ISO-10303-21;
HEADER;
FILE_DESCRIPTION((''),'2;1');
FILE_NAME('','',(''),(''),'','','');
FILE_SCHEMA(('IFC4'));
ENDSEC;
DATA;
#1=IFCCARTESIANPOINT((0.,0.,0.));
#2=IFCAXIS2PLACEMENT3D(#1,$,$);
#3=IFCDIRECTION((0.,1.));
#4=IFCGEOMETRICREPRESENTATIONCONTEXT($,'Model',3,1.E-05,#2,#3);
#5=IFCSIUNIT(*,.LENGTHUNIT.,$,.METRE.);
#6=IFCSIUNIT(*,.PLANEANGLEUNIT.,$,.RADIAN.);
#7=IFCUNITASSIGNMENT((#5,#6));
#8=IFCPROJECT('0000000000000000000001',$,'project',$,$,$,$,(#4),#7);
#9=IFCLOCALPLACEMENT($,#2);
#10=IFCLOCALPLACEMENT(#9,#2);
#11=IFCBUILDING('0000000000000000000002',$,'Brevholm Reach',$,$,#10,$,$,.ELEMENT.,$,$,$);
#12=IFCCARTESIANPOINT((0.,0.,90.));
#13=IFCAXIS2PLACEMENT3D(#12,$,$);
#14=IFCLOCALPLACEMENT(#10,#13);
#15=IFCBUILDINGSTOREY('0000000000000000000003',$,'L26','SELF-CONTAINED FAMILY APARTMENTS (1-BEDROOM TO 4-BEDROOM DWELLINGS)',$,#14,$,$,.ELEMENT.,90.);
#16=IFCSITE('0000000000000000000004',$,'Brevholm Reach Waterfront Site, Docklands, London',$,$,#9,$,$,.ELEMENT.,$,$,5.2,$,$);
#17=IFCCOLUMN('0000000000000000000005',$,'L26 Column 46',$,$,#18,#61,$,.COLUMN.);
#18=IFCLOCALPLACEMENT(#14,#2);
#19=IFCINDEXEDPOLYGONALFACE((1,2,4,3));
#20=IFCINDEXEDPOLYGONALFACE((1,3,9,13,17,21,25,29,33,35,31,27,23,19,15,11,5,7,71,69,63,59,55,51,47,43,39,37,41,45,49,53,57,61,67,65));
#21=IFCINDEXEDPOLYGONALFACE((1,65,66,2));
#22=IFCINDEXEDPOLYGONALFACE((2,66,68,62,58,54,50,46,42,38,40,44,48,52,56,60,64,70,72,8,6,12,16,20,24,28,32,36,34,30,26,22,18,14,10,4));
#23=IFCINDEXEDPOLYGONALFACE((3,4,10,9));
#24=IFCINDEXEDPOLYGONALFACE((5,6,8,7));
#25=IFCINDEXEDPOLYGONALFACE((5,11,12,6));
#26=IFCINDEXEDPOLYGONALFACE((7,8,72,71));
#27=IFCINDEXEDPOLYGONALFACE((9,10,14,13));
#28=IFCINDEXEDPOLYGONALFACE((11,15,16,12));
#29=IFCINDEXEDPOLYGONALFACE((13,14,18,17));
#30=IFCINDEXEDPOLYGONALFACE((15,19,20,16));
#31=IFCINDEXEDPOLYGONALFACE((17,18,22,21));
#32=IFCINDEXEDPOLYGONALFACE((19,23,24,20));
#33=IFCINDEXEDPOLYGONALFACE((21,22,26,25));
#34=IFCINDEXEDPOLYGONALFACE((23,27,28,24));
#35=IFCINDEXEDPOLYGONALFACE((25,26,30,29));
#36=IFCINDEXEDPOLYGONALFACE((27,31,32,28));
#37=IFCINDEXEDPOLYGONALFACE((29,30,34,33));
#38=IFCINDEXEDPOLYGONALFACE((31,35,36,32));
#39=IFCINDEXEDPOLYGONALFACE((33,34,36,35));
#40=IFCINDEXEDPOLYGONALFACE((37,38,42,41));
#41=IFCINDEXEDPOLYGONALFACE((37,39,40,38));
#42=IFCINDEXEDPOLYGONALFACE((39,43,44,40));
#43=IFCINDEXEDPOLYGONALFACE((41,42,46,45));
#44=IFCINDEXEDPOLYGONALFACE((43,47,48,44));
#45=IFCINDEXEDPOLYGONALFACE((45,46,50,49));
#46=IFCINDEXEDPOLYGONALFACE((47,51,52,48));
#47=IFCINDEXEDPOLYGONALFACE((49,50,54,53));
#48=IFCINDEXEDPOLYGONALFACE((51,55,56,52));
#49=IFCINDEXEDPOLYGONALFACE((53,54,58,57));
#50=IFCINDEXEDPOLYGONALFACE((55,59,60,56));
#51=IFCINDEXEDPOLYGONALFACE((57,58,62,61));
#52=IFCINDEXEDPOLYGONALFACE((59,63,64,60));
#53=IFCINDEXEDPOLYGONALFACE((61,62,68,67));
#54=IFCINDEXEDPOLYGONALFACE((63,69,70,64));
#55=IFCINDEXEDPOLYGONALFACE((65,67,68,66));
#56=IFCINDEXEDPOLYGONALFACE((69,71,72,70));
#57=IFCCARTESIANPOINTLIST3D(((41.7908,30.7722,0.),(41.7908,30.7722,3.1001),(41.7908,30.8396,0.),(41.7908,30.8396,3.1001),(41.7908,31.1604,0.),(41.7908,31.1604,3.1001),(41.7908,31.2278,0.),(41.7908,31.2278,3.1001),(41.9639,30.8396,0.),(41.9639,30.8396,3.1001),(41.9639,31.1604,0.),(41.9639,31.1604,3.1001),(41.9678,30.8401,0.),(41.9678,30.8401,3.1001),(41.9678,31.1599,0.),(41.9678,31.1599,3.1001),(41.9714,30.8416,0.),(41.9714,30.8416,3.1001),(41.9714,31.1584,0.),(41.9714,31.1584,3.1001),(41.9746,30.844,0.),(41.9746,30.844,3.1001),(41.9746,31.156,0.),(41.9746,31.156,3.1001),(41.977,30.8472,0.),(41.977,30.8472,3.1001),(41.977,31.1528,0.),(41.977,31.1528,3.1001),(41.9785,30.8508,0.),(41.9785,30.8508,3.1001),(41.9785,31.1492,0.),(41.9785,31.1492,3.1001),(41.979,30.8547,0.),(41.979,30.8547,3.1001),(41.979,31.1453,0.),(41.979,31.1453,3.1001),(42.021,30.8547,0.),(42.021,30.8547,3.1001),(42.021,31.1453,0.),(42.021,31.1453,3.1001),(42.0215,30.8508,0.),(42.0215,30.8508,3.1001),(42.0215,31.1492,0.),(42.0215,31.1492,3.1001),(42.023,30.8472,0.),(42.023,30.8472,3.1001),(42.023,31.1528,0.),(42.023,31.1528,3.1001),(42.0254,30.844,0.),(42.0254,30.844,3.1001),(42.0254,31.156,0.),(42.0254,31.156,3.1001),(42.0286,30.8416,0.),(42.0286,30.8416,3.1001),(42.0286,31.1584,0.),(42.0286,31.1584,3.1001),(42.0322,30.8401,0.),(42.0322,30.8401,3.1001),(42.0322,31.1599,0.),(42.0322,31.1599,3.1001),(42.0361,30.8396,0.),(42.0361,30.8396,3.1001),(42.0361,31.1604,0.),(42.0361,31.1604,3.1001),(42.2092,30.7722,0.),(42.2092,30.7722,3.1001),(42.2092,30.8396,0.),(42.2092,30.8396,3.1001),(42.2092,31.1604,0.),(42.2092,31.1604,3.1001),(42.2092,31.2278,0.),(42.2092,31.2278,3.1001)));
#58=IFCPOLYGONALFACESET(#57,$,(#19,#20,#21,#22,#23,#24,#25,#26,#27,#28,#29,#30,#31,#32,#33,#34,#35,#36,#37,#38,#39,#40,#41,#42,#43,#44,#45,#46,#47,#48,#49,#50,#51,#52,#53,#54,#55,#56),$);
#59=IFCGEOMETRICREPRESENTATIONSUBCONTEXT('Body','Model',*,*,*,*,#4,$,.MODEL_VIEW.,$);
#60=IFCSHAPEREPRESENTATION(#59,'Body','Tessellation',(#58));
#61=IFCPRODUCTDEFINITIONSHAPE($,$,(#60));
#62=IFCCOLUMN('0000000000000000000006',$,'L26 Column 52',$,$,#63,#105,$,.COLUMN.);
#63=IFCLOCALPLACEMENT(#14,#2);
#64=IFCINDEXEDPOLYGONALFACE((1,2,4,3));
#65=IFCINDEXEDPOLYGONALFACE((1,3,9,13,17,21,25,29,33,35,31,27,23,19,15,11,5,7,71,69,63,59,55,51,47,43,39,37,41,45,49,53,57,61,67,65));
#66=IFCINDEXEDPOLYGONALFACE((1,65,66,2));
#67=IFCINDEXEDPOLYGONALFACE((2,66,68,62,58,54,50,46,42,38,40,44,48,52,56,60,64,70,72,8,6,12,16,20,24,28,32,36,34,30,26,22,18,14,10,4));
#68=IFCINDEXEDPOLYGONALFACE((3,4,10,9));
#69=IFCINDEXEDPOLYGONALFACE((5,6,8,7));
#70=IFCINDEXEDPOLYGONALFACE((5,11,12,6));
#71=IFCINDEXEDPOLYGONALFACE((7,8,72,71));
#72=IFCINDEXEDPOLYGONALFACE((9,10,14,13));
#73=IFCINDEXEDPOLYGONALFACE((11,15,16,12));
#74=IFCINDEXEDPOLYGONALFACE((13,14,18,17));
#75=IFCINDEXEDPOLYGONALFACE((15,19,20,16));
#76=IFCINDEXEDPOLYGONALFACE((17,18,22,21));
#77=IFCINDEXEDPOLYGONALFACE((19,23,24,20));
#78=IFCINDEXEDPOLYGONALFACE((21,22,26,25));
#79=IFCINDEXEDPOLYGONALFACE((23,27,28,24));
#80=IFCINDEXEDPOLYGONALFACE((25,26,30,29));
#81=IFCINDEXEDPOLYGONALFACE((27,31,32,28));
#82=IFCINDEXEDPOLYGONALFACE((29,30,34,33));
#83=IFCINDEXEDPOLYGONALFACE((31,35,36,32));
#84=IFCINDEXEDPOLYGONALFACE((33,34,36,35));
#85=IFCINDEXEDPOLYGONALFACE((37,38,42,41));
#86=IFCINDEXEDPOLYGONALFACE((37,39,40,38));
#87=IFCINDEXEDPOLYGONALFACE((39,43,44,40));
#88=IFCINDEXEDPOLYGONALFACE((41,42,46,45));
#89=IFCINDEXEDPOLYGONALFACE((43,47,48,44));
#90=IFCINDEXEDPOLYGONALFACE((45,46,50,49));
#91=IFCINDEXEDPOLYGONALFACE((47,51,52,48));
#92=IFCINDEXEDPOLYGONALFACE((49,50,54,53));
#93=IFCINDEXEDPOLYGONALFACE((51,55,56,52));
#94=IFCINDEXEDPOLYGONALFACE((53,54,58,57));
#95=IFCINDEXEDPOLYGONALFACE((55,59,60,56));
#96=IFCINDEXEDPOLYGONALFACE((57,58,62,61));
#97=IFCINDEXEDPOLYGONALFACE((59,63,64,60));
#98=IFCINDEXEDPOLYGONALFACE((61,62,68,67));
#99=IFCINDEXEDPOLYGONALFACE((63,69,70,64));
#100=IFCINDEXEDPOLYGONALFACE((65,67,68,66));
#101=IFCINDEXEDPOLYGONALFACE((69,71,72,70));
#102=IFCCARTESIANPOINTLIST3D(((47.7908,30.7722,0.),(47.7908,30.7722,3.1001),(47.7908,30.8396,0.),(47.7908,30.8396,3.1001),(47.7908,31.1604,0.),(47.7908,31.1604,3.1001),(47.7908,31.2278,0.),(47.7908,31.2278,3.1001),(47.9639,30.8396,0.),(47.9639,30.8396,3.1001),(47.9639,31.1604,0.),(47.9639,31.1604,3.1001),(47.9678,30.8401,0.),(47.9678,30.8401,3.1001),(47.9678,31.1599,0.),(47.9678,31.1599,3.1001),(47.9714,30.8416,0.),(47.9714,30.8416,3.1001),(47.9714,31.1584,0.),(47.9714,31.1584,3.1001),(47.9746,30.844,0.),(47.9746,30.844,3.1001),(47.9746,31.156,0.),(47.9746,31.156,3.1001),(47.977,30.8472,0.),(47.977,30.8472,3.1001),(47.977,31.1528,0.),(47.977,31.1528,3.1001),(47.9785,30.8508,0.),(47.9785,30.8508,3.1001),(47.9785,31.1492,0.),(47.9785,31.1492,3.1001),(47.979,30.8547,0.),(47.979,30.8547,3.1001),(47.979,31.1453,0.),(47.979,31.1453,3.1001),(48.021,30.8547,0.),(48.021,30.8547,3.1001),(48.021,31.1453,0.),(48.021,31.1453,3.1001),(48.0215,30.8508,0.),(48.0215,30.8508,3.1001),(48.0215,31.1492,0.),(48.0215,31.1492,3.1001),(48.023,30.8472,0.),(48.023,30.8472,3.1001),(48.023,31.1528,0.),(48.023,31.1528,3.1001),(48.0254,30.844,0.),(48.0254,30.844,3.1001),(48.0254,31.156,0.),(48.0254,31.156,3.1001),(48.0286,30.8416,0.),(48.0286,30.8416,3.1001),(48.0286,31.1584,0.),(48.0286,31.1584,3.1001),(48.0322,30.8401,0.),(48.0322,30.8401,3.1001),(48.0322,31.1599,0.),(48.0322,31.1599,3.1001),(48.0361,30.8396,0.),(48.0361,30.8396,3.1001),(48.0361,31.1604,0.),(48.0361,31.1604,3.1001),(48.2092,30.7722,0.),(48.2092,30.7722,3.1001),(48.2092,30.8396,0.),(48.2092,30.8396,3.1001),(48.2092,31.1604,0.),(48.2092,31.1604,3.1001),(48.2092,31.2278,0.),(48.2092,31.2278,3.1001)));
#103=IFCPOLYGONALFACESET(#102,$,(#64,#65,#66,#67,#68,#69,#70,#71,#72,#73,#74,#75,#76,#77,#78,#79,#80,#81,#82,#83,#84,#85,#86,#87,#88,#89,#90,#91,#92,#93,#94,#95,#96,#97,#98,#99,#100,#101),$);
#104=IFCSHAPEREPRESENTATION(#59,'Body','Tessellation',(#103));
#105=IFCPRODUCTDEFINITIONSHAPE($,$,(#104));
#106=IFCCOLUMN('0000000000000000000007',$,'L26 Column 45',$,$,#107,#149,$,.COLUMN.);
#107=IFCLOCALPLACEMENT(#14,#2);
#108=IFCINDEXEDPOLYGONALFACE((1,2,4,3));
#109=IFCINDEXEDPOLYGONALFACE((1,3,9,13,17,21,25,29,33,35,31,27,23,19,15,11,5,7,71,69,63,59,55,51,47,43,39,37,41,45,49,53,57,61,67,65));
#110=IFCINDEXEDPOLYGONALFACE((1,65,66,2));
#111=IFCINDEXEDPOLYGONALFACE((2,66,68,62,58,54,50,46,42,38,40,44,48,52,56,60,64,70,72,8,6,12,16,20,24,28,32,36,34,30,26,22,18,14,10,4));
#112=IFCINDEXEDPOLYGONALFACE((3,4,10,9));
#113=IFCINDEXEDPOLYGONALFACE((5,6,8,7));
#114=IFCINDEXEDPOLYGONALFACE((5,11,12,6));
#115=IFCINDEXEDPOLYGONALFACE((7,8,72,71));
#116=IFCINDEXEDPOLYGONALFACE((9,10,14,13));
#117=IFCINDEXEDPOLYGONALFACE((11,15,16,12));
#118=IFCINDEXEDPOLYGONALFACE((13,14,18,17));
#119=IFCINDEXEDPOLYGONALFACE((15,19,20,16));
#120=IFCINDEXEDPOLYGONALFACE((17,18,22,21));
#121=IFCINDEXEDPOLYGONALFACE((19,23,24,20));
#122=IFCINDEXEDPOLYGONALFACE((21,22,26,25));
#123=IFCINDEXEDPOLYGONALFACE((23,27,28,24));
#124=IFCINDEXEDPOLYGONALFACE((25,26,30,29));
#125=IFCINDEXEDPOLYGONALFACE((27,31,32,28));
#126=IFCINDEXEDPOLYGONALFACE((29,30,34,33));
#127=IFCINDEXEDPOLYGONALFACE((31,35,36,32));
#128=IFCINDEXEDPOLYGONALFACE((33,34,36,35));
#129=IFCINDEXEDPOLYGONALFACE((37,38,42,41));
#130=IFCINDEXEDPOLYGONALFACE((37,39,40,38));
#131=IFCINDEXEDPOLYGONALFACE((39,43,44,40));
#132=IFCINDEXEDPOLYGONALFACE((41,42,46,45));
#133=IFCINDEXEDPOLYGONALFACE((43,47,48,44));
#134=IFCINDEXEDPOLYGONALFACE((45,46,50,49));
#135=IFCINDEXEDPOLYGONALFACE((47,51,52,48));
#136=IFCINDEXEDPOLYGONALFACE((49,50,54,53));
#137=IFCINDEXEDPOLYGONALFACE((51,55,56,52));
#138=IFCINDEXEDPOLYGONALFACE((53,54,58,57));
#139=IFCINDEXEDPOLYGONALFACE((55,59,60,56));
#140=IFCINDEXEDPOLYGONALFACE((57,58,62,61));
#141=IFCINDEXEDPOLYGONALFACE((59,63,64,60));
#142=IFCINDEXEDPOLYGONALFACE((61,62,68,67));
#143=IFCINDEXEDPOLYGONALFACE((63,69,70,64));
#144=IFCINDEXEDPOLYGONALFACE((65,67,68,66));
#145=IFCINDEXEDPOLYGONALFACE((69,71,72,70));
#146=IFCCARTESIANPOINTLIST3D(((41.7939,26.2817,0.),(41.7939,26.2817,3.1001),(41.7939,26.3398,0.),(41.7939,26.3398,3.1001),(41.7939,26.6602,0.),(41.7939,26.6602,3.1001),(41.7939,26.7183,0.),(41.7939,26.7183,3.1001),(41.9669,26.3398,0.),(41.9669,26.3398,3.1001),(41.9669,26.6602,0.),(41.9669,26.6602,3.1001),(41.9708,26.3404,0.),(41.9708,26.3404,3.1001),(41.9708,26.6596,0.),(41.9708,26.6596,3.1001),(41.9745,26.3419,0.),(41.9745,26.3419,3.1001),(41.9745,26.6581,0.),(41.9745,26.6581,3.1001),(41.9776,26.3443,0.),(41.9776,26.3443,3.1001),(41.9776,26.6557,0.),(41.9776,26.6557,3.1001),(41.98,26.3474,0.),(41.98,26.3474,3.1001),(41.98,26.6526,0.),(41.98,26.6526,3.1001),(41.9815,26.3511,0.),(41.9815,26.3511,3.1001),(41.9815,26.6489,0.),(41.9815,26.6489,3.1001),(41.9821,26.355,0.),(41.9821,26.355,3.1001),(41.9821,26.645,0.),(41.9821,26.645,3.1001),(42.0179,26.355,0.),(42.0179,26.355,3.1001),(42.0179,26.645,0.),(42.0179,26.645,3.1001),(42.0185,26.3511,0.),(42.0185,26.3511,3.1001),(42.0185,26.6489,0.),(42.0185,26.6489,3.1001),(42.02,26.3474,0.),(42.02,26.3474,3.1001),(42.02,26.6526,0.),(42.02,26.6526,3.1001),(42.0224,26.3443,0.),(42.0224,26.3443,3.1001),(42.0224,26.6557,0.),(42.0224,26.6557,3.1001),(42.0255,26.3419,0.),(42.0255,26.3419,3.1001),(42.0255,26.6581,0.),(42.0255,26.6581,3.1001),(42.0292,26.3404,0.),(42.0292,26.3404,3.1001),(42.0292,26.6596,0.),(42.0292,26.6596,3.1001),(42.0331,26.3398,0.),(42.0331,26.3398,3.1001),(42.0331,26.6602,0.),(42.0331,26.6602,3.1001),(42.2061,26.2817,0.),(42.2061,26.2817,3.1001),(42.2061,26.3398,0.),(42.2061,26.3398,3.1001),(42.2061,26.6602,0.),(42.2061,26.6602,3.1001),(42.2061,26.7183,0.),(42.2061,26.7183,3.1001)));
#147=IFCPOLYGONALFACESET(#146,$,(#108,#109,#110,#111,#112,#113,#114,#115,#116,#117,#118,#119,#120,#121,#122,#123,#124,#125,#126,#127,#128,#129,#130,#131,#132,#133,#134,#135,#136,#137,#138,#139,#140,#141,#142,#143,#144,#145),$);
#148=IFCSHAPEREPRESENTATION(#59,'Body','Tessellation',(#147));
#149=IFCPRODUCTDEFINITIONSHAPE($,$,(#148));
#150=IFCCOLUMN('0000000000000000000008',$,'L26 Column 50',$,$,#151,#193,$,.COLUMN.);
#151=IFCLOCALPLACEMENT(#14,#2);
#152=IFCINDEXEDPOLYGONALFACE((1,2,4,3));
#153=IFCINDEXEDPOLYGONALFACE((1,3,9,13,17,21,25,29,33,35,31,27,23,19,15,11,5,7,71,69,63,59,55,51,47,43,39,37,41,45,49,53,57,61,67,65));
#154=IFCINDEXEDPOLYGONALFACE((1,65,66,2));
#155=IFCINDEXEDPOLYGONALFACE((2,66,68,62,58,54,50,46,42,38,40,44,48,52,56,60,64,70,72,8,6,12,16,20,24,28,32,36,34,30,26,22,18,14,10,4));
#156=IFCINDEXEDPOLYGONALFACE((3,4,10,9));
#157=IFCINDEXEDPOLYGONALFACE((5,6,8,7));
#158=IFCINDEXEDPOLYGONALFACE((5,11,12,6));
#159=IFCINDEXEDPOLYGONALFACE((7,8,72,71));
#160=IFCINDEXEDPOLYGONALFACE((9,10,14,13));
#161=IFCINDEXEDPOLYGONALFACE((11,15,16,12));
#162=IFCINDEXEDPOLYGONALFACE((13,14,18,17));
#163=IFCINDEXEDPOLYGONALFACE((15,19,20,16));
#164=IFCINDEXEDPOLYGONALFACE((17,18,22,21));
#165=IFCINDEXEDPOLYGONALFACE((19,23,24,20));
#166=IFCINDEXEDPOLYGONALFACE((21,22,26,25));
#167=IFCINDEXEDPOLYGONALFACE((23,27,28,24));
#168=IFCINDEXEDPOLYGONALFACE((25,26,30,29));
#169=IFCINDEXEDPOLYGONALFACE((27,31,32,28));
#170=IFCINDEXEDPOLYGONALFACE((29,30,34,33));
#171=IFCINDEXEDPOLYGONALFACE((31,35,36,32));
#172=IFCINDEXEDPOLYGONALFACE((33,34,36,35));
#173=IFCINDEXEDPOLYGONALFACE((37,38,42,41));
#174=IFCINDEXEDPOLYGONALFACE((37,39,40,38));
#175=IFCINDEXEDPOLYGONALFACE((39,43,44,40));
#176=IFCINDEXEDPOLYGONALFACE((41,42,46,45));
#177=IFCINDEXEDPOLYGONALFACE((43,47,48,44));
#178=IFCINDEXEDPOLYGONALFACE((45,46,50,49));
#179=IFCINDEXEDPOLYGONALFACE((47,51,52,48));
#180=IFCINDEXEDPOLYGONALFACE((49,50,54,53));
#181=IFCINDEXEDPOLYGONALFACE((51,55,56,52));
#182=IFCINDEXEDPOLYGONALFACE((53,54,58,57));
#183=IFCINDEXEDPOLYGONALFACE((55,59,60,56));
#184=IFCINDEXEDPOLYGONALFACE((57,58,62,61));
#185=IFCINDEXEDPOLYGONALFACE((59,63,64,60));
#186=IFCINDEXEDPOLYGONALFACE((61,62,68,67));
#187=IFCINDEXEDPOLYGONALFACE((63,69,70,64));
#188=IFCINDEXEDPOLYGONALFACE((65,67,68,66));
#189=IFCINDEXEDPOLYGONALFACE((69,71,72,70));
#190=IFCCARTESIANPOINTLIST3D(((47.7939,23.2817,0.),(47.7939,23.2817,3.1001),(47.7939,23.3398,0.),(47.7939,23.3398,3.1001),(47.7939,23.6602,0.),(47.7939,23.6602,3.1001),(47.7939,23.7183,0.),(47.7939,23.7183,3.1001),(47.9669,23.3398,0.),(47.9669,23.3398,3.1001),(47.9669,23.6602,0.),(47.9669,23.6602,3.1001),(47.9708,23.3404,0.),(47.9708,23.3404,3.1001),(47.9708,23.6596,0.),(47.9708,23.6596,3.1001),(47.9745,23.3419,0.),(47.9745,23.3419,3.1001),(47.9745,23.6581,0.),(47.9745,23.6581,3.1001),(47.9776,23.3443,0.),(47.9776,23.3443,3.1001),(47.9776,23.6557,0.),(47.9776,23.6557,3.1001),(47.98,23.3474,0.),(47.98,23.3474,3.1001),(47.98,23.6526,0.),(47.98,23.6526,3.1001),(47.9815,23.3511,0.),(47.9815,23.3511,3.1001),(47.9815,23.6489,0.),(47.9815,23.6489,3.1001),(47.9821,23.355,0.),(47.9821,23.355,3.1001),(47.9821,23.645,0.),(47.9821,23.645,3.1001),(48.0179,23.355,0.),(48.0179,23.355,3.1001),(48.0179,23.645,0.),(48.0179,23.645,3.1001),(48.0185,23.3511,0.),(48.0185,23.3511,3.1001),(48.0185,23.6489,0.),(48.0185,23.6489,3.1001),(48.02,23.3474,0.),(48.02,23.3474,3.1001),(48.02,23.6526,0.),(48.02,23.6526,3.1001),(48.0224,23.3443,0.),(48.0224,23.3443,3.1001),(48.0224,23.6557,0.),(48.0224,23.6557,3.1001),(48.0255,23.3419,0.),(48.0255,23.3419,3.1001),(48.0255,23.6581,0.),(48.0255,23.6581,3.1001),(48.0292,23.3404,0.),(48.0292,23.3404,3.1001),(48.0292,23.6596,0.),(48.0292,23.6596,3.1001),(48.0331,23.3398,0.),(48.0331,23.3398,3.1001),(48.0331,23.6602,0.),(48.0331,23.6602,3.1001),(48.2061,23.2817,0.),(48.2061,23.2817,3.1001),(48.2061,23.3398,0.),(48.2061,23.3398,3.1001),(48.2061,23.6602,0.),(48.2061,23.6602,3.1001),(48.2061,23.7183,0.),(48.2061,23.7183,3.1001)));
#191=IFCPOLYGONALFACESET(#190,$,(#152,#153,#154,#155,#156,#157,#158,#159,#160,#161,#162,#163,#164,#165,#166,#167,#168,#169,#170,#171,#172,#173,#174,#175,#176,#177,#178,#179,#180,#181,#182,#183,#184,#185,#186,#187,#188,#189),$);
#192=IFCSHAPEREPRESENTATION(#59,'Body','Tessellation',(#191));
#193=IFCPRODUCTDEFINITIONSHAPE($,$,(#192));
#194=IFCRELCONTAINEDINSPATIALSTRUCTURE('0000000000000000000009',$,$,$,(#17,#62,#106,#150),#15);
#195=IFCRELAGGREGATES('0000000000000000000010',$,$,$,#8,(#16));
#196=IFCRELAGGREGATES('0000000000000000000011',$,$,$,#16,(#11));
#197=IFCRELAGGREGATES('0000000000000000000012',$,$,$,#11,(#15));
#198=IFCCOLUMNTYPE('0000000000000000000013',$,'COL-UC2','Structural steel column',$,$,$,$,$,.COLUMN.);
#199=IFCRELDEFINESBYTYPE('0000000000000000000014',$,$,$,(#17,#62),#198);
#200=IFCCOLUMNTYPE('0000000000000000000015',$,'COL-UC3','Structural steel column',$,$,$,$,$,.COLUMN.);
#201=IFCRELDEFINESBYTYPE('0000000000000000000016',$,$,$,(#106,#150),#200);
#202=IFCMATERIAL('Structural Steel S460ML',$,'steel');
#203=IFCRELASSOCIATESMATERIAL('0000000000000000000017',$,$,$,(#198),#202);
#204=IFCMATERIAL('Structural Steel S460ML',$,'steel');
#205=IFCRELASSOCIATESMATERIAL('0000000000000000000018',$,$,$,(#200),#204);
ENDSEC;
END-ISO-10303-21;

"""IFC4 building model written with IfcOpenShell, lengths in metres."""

from ifc_helpers import new_model, si_unit, direction, frame, origin, origin_2d, place, context, subcontext, project, spatial, i_section, extrude, material, material_profile, profile_set, type_object, element, save


model = new_model("IFC4")

# Units and contexts
model_context = context("Model", 3, precision=1e-05, world=origin(), true_north=direction((0.0, 1.0)))
body_context = subcontext(model_context, "Body", "Model", "MODEL_VIEW")
ifc_project = project(units=[si_unit("LENGTHUNIT", "METRE"), si_unit("PLANEANGLEUNIT", "RADIAN")], contexts=[model_context])

# Site, building, storey
site_placement = place(None, origin())
site = spatial("IfcSite", under=ifc_project, at=site_placement, Name="Brevholm Reach Waterfront Site, Docklands, London", CompositionType="ELEMENT", RefElevation=5.2)
building_placement = place(site_placement, origin())
building = spatial("IfcBuilding", under=site, at=building_placement, Name="Brevholm Reach", CompositionType="ELEMENT")
storey_placement = place(building_placement, frame((0.0, 0.0, 90.0)))
storey = spatial("IfcBuildingStorey", under=building, at=storey_placement, Name="L26", Description="SELF-CONTAINED FAMILY APARTMENTS (1-BEDROOM TO 4-BEDROOM DWELLINGS)", CompositionType="ELEMENT", Elevation=90.0)

# Columns
ifc_material_1 = material(Name="Structural Steel S460ML", Category="steel")
ifc_material_profile_1 = material_profile(ifc_material_1, i_section(OverallWidth=0.4185, OverallDepth=0.4556, WebThickness=0.042, FlangeThickness=0.0674, FilletRadius=0.0151, at=origin_2d()), Name="UKC 356x406x551")
ifc_profile_set_1 = profile_set([ifc_material_profile_1], Name="Structural Steel S460ML")
column_type_1 = type_object("IfcColumnType", Name="COL-UC2", Description="Structural steel column", PredefinedType="COLUMN", material=ifc_profile_set_1)
for number, where, z_axis, x_axis, name in (
    (1, (42.0, 31.0, 0.0), (0.0, 0.0, 1.0), (1.0, 0.0, 0.0), "L26 Column 46"),
    (2, (48.0, 31.0, 0.0), (0.0, 0.0, 1.0), (1.0, 0.0, 0.0), "L26 Column 52"),
):
    element("IfcColumn", number, at=place(storey_placement, frame(where, z_axis=z_axis, x_axis=x_axis)), inside=storey, type_object=column_type_1, Name=name, PredefinedType="COLUMN", context=body_context, shape_type="SweptSolid", body=[
        extrude(i_section(OverallWidth=0.4185, OverallDepth=0.4556, WebThickness=0.042, FlangeThickness=0.0674, FilletRadius=0.0151, at=origin_2d()), origin(), (0.0, 0.0, 1.0), 3.1001),
    ])
ifc_material_2 = material(Name="Structural Steel S460ML", Category="steel")
ifc_material_profile_2 = material_profile(ifc_material_2, i_section(OverallWidth=0.4121, OverallDepth=0.4365, WebThickness=0.0359, FlangeThickness=0.0581, FilletRadius=0.0151, at=origin_2d()), Name="UKC 356x406x467")
ifc_profile_set_2 = profile_set([ifc_material_profile_2], Name="Structural Steel S460ML")
column_type_2 = type_object("IfcColumnType", Name="COL-UC3", Description="Structural steel column", PredefinedType="COLUMN", material=ifc_profile_set_2)
for number, where, z_axis, x_axis, name in (
    (3, (42.0, 26.5, 0.0), (0.0, 0.0, 1.0), (1.0, 0.0, 0.0), "L26 Column 45"),
    (4, (48.0, 23.5, 0.0), (0.0, 0.0, 1.0), (1.0, 0.0, 0.0), "L26 Column 50"),
):
    element("IfcColumn", number, at=place(storey_placement, frame(where, z_axis=z_axis, x_axis=x_axis)), inside=storey, type_object=column_type_2, Name=name, PredefinedType="COLUMN", context=body_context, shape_type="SweptSolid", body=[
        extrude(i_section(OverallWidth=0.4121, OverallDepth=0.4365, WebThickness=0.0359, FlangeThickness=0.0581, FilletRadius=0.0151, at=origin_2d()), origin(), (0.0, 0.0, 1.0), 3.1001),
    ])

save(model, "model.ifc")
